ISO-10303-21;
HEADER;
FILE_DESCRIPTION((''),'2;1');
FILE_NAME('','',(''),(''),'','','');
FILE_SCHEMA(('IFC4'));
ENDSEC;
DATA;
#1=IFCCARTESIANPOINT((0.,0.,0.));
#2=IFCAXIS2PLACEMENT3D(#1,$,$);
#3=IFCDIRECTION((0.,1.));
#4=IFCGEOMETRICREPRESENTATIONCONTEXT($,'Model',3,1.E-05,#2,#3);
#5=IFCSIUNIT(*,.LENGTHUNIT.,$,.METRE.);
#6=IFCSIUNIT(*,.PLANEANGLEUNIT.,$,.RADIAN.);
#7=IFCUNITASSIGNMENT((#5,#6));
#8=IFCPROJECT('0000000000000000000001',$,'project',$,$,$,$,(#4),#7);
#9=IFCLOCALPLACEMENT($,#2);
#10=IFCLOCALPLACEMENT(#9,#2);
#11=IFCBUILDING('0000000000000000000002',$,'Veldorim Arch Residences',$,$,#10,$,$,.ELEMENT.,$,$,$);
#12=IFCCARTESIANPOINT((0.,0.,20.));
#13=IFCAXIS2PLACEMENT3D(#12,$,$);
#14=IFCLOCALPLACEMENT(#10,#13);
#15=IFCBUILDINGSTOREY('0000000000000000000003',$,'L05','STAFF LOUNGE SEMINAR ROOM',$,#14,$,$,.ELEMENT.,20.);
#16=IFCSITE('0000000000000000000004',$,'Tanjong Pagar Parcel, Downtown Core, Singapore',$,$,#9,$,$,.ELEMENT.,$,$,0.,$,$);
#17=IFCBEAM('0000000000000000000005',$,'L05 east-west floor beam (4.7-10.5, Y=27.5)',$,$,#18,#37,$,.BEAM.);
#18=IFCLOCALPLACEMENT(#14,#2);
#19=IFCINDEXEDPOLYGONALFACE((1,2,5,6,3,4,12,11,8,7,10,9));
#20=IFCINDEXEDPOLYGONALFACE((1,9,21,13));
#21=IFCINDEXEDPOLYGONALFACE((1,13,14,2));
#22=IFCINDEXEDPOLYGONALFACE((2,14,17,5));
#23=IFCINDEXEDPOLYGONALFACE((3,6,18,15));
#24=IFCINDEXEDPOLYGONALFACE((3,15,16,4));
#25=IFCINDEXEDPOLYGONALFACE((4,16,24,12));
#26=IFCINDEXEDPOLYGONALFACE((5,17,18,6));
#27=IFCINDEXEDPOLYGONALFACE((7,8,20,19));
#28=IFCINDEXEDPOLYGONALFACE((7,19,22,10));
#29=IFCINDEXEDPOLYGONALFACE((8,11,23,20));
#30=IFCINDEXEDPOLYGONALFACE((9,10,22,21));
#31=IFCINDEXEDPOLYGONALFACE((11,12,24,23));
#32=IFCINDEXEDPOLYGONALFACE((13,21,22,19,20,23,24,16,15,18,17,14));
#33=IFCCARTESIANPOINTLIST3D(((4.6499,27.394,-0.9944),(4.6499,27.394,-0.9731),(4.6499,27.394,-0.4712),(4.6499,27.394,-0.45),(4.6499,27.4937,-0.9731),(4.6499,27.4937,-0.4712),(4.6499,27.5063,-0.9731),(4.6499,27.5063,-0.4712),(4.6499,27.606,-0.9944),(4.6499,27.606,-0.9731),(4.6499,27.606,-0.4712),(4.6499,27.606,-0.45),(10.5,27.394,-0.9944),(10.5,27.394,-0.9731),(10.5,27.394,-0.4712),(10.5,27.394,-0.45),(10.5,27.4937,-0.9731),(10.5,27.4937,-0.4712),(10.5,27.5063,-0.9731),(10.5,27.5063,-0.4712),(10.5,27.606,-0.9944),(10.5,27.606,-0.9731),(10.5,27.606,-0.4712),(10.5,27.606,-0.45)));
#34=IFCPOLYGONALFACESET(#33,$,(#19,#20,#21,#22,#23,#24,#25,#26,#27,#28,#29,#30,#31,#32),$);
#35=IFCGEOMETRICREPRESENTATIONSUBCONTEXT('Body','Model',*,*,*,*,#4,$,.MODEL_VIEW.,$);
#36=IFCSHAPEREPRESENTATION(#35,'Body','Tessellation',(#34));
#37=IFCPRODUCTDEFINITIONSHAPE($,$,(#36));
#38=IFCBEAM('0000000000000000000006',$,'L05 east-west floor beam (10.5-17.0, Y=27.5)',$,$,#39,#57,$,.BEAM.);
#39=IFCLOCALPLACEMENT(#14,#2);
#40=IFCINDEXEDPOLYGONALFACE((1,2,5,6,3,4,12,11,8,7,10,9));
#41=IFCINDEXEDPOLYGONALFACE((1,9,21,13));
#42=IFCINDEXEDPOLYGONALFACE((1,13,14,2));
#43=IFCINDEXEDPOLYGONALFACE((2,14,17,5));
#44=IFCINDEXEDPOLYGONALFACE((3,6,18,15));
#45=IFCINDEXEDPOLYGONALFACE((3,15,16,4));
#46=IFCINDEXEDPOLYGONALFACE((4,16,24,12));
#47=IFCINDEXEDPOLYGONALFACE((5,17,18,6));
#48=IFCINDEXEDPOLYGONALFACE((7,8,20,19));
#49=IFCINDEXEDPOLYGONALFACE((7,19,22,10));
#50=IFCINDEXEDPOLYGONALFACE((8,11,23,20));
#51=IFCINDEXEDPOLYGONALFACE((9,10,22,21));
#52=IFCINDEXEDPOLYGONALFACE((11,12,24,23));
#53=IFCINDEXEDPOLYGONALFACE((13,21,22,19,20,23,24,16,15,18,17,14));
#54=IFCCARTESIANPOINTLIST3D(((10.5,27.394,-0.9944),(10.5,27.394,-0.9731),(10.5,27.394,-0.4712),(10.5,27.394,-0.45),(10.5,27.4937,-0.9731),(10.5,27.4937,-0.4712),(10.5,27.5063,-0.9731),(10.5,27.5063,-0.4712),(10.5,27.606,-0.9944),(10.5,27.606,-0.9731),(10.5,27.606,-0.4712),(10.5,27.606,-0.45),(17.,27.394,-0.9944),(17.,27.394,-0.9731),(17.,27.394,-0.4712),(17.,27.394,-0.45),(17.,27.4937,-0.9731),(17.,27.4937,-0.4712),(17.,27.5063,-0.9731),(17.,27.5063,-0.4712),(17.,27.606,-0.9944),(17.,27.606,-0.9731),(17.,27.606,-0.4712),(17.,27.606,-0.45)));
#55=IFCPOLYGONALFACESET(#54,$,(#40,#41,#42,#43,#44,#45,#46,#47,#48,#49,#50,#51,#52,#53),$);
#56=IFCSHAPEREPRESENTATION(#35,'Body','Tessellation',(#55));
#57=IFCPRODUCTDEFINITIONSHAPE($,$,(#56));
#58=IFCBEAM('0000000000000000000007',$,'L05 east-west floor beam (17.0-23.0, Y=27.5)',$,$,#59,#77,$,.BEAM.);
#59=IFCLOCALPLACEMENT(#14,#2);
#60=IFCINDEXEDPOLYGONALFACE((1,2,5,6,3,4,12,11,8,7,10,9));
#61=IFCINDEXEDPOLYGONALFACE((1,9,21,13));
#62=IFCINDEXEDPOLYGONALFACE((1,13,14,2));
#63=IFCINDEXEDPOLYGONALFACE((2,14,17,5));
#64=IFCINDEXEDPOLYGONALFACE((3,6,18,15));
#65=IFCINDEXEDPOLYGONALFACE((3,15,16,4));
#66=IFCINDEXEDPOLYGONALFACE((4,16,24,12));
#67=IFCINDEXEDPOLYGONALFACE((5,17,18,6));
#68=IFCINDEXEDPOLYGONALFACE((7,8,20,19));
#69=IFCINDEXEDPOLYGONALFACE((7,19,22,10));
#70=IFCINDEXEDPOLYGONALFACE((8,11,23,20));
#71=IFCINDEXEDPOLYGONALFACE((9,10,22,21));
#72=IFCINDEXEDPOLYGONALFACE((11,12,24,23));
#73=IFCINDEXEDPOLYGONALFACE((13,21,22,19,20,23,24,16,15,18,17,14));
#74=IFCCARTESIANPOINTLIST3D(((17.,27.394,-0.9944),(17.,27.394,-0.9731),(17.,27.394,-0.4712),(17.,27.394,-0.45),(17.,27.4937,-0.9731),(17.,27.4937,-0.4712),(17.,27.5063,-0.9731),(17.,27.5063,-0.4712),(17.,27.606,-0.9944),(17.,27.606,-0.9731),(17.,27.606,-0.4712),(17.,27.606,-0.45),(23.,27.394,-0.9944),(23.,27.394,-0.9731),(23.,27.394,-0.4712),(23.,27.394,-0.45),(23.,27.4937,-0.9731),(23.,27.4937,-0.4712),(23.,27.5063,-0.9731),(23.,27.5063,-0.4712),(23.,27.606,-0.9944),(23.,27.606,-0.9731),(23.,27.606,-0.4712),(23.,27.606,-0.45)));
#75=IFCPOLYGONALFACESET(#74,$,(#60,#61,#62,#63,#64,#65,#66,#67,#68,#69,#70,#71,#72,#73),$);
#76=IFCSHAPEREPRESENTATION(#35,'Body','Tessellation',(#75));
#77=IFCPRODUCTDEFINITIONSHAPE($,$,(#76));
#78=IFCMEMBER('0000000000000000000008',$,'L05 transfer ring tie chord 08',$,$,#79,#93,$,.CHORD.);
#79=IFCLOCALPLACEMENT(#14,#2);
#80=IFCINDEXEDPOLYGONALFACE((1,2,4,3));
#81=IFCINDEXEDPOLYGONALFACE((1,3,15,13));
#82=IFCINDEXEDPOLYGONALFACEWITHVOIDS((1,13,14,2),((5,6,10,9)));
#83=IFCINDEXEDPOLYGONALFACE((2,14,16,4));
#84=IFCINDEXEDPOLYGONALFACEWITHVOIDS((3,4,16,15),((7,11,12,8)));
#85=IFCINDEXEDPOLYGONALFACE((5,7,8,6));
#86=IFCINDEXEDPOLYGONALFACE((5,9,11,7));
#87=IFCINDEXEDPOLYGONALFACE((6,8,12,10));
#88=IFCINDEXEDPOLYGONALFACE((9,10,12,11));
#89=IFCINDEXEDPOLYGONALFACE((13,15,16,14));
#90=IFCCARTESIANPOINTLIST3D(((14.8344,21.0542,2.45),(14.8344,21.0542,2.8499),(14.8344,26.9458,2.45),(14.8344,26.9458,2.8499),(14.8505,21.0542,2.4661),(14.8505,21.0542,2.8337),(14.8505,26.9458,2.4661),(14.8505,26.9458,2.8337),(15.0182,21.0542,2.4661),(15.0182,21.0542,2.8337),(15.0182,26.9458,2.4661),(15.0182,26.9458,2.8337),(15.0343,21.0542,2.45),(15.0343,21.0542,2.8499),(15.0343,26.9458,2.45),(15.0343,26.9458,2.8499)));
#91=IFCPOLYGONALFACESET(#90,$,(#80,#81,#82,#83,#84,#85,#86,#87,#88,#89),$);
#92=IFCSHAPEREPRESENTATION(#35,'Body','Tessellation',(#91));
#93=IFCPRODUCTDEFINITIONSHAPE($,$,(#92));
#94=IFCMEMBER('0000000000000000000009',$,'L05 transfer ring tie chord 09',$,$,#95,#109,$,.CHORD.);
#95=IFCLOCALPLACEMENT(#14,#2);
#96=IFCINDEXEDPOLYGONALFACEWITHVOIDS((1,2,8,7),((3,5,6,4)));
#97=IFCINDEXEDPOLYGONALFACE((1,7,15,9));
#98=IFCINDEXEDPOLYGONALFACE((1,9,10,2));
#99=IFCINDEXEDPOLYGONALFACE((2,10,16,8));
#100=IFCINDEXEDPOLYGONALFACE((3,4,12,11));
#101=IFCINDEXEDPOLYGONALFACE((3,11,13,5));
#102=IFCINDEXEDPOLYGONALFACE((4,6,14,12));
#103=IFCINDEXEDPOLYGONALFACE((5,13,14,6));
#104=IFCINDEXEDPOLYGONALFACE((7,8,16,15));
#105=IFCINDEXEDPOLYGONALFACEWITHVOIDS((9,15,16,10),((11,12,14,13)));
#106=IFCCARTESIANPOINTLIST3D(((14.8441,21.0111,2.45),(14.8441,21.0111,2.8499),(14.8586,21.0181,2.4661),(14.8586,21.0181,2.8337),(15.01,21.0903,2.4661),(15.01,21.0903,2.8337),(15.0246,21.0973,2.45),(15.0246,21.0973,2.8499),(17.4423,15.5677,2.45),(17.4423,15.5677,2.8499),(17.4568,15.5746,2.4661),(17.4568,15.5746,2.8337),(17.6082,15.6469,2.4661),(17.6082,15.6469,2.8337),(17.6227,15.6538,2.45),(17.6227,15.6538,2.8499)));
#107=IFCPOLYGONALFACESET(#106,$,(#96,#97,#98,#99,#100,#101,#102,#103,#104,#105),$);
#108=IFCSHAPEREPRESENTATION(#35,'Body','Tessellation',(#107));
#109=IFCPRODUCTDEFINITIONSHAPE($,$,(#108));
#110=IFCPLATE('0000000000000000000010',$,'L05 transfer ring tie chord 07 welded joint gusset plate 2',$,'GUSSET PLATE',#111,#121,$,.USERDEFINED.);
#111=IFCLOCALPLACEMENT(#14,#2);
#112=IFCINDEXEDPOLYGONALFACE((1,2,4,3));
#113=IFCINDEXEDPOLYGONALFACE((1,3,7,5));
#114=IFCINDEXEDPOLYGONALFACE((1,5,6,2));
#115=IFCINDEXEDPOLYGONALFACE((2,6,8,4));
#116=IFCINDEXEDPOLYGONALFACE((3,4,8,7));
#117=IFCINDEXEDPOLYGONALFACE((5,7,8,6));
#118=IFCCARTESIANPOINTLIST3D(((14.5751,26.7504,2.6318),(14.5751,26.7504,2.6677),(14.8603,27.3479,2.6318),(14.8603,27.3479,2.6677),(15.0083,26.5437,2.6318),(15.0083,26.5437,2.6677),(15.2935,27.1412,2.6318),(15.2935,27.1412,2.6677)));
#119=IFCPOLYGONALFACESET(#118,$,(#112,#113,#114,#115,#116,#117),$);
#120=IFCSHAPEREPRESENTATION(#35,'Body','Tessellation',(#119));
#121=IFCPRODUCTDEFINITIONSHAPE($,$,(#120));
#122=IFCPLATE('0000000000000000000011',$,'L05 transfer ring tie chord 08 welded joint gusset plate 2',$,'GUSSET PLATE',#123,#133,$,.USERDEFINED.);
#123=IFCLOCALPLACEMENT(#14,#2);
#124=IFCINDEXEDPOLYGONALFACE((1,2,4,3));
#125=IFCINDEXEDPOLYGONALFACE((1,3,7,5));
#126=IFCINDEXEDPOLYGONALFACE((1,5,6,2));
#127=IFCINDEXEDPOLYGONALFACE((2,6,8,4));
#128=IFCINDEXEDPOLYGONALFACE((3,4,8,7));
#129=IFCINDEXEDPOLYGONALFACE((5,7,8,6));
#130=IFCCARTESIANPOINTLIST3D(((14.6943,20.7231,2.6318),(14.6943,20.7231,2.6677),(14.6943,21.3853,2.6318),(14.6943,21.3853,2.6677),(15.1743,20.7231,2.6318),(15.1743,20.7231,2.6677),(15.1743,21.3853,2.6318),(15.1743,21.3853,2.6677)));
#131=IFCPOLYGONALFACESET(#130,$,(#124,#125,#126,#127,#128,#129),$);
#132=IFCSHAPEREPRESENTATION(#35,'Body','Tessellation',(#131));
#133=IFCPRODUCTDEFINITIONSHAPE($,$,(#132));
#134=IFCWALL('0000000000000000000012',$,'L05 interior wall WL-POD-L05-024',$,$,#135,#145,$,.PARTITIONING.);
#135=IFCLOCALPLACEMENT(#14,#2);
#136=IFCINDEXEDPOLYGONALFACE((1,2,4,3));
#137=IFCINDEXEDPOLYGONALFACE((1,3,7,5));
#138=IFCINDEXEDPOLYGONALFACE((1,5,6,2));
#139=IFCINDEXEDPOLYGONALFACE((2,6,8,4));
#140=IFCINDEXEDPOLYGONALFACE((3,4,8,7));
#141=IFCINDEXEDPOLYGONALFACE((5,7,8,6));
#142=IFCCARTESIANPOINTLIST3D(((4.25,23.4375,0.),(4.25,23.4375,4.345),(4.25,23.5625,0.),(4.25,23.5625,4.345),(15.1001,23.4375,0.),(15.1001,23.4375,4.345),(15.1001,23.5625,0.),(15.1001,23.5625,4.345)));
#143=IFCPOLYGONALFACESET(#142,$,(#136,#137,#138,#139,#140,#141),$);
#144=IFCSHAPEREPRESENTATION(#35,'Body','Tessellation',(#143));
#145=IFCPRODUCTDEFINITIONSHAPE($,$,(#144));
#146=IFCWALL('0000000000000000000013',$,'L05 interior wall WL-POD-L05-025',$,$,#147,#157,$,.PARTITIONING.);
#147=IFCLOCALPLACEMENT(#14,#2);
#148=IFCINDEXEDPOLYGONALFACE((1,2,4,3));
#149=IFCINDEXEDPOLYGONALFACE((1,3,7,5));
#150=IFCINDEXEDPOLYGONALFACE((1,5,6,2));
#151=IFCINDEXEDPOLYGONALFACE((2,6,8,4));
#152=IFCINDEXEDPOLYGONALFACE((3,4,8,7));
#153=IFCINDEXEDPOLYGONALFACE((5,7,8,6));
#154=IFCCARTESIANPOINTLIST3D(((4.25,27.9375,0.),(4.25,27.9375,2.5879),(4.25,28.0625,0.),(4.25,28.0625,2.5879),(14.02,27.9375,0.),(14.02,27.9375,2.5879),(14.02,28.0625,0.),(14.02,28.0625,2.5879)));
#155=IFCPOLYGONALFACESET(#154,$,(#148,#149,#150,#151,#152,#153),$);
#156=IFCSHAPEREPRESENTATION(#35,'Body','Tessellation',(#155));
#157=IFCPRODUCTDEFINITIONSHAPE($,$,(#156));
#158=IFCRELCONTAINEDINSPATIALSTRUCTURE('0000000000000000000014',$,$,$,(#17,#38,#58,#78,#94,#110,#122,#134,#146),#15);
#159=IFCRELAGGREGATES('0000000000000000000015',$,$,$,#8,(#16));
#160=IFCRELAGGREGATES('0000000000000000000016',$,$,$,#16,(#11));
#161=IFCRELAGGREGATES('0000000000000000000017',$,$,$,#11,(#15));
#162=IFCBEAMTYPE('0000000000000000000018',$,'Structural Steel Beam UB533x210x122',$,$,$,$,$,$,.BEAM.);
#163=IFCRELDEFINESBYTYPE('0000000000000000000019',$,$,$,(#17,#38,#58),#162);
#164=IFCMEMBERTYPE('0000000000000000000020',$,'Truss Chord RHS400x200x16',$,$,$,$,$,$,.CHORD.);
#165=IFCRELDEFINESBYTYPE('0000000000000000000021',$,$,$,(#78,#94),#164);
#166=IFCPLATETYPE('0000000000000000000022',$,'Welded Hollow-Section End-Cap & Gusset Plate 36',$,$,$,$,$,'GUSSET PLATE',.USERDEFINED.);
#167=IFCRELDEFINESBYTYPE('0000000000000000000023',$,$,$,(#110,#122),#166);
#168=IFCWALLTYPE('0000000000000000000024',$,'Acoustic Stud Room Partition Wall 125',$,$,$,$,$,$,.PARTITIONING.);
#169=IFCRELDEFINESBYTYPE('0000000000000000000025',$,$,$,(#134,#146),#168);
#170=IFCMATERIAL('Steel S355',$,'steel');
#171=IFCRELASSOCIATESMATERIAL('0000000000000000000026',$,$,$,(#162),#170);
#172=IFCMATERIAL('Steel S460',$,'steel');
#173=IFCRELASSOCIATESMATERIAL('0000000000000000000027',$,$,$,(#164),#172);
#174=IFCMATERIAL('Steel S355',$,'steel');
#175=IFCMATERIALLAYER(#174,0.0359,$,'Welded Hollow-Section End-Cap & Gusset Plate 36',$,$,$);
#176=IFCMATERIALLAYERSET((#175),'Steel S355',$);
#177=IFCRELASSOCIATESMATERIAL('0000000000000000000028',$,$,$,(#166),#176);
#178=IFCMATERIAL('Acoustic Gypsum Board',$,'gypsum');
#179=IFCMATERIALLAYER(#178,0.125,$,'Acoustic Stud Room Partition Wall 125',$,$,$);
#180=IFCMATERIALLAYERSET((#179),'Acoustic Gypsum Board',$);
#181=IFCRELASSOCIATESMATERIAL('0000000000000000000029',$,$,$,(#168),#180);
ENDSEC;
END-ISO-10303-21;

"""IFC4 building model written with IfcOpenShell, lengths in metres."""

from ifc_helpers import new_model, si_unit, direction, frame, frame_2d, origin, origin_2d, place, context, subcontext, project, spatial, rectangle, hollow_rectangle, i_section, extrude, material, layer, layer_set, material_profile, profile_set, type_object, element, save


model = new_model("IFC4")

# Units and contexts
model_context = context("Model", 3, precision=1e-05, world=origin(), true_north=direction((0.0, 1.0)))
body_context = subcontext(model_context, "Body", "Model", "MODEL_VIEW")
ifc_project = project(units=[si_unit("LENGTHUNIT", "METRE"), si_unit("PLANEANGLEUNIT", "RADIAN")], contexts=[model_context])

# Site, building, storey
site_placement = place(None, origin())
site = spatial("IfcSite", under=ifc_project, at=site_placement, Name="Tanjong Pagar Parcel, Downtown Core, Singapore", CompositionType="ELEMENT", RefElevation=0.0)
building_placement = place(site_placement, origin())
building = spatial("IfcBuilding", under=site, at=building_placement, Name="Veldorim Arch Residences", CompositionType="ELEMENT")
storey_placement = place(building_placement, frame((0.0, 0.0, 20.0)))
storey = spatial("IfcBuildingStorey", under=building, at=storey_placement, Name="L05", Description="STAFF LOUNGE SEMINAR ROOM", CompositionType="ELEMENT", Elevation=20.0)

# Beams
ifc_material_1 = material(Name="Steel S355", Category="steel")
ifc_material_profile_1 = material_profile(ifc_material_1, i_section(OverallWidth=0.2119, OverallDepth=0.5444, WebThickness=0.0127, FlangeThickness=0.0212, at=origin_2d()), Name="UB533x210x122")
ifc_profile_set_1 = profile_set([ifc_material_profile_1], Name="Steel S355")
beam_type_1 = type_object("IfcBeamType", Name="Structural Steel Beam UB533x210x122", PredefinedType="BEAM", material=ifc_profile_set_1)
beam_1_placement = place(storey_placement, frame((4.6499, 27.5, -0.7222), z_axis=(1.0, 0.0, 0.0), x_axis=(0.0, 1.0, 0.0)))
element("IfcBeam", 1, at=beam_1_placement, inside=storey, type_object=beam_type_1, Name="L05 east-west floor beam (4.7-10.5, Y=27.5)", PredefinedType="BEAM", context=body_context, shape_type="SweptSolid", body=[
    extrude(i_section(OverallWidth=0.2119, OverallDepth=0.5444, WebThickness=0.0127, FlangeThickness=0.0212, at=origin_2d()), origin(), (0.0, 0.0, 1.0), 5.8501),
])
beam_2_placement = place(storey_placement, frame((10.5, 27.5, -0.7222), z_axis=(1.0, 0.0, 0.0), x_axis=(0.0, 1.0, 0.0)))
element("IfcBeam", 2, at=beam_2_placement, inside=storey, type_object=beam_type_1, Name="L05 east-west floor beam (10.5-17.0, Y=27.5)", PredefinedType="BEAM", context=body_context, shape_type="SweptSolid", body=[
    extrude(i_section(OverallWidth=0.2119, OverallDepth=0.5444, WebThickness=0.0127, FlangeThickness=0.0212, at=origin_2d()), origin(), (0.0, 0.0, 1.0), 6.5),
])
beam_3_placement = place(storey_placement, frame((17.0, 27.5, -0.7222), z_axis=(1.0, 0.0, 0.0), x_axis=(0.0, 1.0, 0.0)))
element("IfcBeam", 3, at=beam_3_placement, inside=storey, type_object=beam_type_1, Name="L05 east-west floor beam (17.0-23.0, Y=27.5)", PredefinedType="BEAM", context=body_context, shape_type="SweptSolid", body=[
    extrude(i_section(OverallWidth=0.2119, OverallDepth=0.5444, WebThickness=0.0127, FlangeThickness=0.0212, at=origin_2d()), origin(), (0.0, 0.0, 1.0), 6.0),
])

# Members
ifc_material_2 = material(Name="Steel S460", Category="steel")
ifc_material_profile_2 = material_profile(ifc_material_2, hollow_rectangle(XDim=0.2, YDim=0.3999, WallThickness=0.0161, at=origin_2d()), Name="RHS400x200x16")
ifc_profile_set_2 = profile_set([ifc_material_profile_2], Name="Steel S460")
member_type = type_object("IfcMemberType", Name="Truss Chord RHS400x200x16", PredefinedType="CHORD", material=ifc_profile_set_2)
member_1_placement = place(storey_placement, frame((14.9343, 26.9458, 2.6499), z_axis=(0.0, -1.0, 0.0), x_axis=(1.0, 0.0, 0.0)))
element("IfcMember", 4, at=member_1_placement, inside=storey, type_object=member_type, Name="L05 transfer ring tie chord 08", PredefinedType="CHORD", context=body_context, shape_type="SweptSolid", body=[
    extrude(hollow_rectangle(XDim=0.2, YDim=0.3999, WallThickness=0.0161, at=origin_2d()), origin(), (0.0, 0.0, 1.0), 5.8916),
])
member_2_placement = place(storey_placement, frame((14.9343, 21.0542, 2.6499), z_axis=(0.430754, -0.90247, 0.0), x_axis=(0.90247, 0.430754, 0.0)))
element("IfcMember", 5, at=member_2_placement, inside=storey, type_object=member_type, Name="L05 transfer ring tie chord 09", PredefinedType="CHORD", context=body_context, shape_type="SweptSolid", body=[
    extrude(hollow_rectangle(XDim=0.2, YDim=0.3999, WallThickness=0.0161, at=origin_2d()), origin(), (0.0, 0.0, 1.0), 6.0317),
])

# Plates
ifc_material_3 = material(Name="Steel S355", Category="steel")
ifc_layer_1 = layer(ifc_material_3, 0.0359, Name="Welded Hollow-Section End-Cap & Gusset Plate 36")
ifc_layer_set_1 = layer_set([ifc_layer_1], Name="Steel S355")
plate_type = type_object("IfcPlateType", Name="Welded Hollow-Section End-Cap & Gusset Plate 36", ElementType="GUSSET PLATE", PredefinedType="USERDEFINED", material=ifc_layer_set_1)
for number, where, z_axis, x_axis, name in (
    (6, (14.9343, 26.9458, 2.6318), (0.0, 0.0, 1.0), (-0.430763, -0.902465, 0.0), "L05 transfer ring tie chord 07 welded joint gusset plate 2"),
    (7, (14.9343, 21.0542, 2.6318), (0.0, 0.0, 1.0), (0.0, -1.0, 0.0), "L05 transfer ring tie chord 08 welded joint gusset plate 2"),
):
    element("IfcPlate", number, at=place(storey_placement, frame(where, z_axis=z_axis, x_axis=x_axis)), inside=storey, type_object=plate_type, Name=name, ObjectType="GUSSET PLATE", PredefinedType="USERDEFINED", context=body_context, shape_type="SweptSolid", body=[
        extrude(rectangle(XDim=0.6621, YDim=0.48, at=origin_2d()), origin(), (0.0, 0.0, 1.0), 0.0359),
    ])

# Walls
ifc_material_4 = material(Name="Acoustic Gypsum Board", Category="gypsum")
ifc_layer_2 = layer(ifc_material_4, 0.125, Name="Acoustic Stud Room Partition Wall 125")
ifc_layer_set_2 = layer_set([ifc_layer_2], Name="Acoustic Gypsum Board")
wall_type_1 = type_object("IfcWallType", Name="Acoustic Stud Room Partition Wall 125", PredefinedType="PARTITIONING", material=ifc_layer_set_2)
wall_1_placement = place(storey_placement, frame((4.25, 23.5, 0.0), z_axis=(0.0, 0.0, 1.0), x_axis=(1.0, 0.0, 0.0)))
element("IfcWall", 8, at=wall_1_placement, inside=storey, type_object=wall_type_1, Name="L05 interior wall WL-POD-L05-024", PredefinedType="PARTITIONING", context=body_context, shape_type="SweptSolid", body=[
    extrude(rectangle(XDim=10.8501, YDim=0.125, at=frame_2d((5.425, 0.0))), origin(), (0.0, 0.0, 1.0), 4.345),
])
wall_2_placement = place(storey_placement, frame((4.25, 28.0, 0.0), z_axis=(0.0, 0.0, 1.0), x_axis=(1.0, 0.0, 0.0)))
element("IfcWall", 9, at=wall_2_placement, inside=storey, type_object=wall_type_1, Name="L05 interior wall WL-POD-L05-025", PredefinedType="PARTITIONING", context=body_context, shape_type="SweptSolid", body=[
    extrude(rectangle(XDim=9.77, YDim=0.125, at=frame_2d((4.885, 0.0))), origin(), (0.0, 0.0, 1.0), 2.5879),
])

save(model, "model.ifc")
